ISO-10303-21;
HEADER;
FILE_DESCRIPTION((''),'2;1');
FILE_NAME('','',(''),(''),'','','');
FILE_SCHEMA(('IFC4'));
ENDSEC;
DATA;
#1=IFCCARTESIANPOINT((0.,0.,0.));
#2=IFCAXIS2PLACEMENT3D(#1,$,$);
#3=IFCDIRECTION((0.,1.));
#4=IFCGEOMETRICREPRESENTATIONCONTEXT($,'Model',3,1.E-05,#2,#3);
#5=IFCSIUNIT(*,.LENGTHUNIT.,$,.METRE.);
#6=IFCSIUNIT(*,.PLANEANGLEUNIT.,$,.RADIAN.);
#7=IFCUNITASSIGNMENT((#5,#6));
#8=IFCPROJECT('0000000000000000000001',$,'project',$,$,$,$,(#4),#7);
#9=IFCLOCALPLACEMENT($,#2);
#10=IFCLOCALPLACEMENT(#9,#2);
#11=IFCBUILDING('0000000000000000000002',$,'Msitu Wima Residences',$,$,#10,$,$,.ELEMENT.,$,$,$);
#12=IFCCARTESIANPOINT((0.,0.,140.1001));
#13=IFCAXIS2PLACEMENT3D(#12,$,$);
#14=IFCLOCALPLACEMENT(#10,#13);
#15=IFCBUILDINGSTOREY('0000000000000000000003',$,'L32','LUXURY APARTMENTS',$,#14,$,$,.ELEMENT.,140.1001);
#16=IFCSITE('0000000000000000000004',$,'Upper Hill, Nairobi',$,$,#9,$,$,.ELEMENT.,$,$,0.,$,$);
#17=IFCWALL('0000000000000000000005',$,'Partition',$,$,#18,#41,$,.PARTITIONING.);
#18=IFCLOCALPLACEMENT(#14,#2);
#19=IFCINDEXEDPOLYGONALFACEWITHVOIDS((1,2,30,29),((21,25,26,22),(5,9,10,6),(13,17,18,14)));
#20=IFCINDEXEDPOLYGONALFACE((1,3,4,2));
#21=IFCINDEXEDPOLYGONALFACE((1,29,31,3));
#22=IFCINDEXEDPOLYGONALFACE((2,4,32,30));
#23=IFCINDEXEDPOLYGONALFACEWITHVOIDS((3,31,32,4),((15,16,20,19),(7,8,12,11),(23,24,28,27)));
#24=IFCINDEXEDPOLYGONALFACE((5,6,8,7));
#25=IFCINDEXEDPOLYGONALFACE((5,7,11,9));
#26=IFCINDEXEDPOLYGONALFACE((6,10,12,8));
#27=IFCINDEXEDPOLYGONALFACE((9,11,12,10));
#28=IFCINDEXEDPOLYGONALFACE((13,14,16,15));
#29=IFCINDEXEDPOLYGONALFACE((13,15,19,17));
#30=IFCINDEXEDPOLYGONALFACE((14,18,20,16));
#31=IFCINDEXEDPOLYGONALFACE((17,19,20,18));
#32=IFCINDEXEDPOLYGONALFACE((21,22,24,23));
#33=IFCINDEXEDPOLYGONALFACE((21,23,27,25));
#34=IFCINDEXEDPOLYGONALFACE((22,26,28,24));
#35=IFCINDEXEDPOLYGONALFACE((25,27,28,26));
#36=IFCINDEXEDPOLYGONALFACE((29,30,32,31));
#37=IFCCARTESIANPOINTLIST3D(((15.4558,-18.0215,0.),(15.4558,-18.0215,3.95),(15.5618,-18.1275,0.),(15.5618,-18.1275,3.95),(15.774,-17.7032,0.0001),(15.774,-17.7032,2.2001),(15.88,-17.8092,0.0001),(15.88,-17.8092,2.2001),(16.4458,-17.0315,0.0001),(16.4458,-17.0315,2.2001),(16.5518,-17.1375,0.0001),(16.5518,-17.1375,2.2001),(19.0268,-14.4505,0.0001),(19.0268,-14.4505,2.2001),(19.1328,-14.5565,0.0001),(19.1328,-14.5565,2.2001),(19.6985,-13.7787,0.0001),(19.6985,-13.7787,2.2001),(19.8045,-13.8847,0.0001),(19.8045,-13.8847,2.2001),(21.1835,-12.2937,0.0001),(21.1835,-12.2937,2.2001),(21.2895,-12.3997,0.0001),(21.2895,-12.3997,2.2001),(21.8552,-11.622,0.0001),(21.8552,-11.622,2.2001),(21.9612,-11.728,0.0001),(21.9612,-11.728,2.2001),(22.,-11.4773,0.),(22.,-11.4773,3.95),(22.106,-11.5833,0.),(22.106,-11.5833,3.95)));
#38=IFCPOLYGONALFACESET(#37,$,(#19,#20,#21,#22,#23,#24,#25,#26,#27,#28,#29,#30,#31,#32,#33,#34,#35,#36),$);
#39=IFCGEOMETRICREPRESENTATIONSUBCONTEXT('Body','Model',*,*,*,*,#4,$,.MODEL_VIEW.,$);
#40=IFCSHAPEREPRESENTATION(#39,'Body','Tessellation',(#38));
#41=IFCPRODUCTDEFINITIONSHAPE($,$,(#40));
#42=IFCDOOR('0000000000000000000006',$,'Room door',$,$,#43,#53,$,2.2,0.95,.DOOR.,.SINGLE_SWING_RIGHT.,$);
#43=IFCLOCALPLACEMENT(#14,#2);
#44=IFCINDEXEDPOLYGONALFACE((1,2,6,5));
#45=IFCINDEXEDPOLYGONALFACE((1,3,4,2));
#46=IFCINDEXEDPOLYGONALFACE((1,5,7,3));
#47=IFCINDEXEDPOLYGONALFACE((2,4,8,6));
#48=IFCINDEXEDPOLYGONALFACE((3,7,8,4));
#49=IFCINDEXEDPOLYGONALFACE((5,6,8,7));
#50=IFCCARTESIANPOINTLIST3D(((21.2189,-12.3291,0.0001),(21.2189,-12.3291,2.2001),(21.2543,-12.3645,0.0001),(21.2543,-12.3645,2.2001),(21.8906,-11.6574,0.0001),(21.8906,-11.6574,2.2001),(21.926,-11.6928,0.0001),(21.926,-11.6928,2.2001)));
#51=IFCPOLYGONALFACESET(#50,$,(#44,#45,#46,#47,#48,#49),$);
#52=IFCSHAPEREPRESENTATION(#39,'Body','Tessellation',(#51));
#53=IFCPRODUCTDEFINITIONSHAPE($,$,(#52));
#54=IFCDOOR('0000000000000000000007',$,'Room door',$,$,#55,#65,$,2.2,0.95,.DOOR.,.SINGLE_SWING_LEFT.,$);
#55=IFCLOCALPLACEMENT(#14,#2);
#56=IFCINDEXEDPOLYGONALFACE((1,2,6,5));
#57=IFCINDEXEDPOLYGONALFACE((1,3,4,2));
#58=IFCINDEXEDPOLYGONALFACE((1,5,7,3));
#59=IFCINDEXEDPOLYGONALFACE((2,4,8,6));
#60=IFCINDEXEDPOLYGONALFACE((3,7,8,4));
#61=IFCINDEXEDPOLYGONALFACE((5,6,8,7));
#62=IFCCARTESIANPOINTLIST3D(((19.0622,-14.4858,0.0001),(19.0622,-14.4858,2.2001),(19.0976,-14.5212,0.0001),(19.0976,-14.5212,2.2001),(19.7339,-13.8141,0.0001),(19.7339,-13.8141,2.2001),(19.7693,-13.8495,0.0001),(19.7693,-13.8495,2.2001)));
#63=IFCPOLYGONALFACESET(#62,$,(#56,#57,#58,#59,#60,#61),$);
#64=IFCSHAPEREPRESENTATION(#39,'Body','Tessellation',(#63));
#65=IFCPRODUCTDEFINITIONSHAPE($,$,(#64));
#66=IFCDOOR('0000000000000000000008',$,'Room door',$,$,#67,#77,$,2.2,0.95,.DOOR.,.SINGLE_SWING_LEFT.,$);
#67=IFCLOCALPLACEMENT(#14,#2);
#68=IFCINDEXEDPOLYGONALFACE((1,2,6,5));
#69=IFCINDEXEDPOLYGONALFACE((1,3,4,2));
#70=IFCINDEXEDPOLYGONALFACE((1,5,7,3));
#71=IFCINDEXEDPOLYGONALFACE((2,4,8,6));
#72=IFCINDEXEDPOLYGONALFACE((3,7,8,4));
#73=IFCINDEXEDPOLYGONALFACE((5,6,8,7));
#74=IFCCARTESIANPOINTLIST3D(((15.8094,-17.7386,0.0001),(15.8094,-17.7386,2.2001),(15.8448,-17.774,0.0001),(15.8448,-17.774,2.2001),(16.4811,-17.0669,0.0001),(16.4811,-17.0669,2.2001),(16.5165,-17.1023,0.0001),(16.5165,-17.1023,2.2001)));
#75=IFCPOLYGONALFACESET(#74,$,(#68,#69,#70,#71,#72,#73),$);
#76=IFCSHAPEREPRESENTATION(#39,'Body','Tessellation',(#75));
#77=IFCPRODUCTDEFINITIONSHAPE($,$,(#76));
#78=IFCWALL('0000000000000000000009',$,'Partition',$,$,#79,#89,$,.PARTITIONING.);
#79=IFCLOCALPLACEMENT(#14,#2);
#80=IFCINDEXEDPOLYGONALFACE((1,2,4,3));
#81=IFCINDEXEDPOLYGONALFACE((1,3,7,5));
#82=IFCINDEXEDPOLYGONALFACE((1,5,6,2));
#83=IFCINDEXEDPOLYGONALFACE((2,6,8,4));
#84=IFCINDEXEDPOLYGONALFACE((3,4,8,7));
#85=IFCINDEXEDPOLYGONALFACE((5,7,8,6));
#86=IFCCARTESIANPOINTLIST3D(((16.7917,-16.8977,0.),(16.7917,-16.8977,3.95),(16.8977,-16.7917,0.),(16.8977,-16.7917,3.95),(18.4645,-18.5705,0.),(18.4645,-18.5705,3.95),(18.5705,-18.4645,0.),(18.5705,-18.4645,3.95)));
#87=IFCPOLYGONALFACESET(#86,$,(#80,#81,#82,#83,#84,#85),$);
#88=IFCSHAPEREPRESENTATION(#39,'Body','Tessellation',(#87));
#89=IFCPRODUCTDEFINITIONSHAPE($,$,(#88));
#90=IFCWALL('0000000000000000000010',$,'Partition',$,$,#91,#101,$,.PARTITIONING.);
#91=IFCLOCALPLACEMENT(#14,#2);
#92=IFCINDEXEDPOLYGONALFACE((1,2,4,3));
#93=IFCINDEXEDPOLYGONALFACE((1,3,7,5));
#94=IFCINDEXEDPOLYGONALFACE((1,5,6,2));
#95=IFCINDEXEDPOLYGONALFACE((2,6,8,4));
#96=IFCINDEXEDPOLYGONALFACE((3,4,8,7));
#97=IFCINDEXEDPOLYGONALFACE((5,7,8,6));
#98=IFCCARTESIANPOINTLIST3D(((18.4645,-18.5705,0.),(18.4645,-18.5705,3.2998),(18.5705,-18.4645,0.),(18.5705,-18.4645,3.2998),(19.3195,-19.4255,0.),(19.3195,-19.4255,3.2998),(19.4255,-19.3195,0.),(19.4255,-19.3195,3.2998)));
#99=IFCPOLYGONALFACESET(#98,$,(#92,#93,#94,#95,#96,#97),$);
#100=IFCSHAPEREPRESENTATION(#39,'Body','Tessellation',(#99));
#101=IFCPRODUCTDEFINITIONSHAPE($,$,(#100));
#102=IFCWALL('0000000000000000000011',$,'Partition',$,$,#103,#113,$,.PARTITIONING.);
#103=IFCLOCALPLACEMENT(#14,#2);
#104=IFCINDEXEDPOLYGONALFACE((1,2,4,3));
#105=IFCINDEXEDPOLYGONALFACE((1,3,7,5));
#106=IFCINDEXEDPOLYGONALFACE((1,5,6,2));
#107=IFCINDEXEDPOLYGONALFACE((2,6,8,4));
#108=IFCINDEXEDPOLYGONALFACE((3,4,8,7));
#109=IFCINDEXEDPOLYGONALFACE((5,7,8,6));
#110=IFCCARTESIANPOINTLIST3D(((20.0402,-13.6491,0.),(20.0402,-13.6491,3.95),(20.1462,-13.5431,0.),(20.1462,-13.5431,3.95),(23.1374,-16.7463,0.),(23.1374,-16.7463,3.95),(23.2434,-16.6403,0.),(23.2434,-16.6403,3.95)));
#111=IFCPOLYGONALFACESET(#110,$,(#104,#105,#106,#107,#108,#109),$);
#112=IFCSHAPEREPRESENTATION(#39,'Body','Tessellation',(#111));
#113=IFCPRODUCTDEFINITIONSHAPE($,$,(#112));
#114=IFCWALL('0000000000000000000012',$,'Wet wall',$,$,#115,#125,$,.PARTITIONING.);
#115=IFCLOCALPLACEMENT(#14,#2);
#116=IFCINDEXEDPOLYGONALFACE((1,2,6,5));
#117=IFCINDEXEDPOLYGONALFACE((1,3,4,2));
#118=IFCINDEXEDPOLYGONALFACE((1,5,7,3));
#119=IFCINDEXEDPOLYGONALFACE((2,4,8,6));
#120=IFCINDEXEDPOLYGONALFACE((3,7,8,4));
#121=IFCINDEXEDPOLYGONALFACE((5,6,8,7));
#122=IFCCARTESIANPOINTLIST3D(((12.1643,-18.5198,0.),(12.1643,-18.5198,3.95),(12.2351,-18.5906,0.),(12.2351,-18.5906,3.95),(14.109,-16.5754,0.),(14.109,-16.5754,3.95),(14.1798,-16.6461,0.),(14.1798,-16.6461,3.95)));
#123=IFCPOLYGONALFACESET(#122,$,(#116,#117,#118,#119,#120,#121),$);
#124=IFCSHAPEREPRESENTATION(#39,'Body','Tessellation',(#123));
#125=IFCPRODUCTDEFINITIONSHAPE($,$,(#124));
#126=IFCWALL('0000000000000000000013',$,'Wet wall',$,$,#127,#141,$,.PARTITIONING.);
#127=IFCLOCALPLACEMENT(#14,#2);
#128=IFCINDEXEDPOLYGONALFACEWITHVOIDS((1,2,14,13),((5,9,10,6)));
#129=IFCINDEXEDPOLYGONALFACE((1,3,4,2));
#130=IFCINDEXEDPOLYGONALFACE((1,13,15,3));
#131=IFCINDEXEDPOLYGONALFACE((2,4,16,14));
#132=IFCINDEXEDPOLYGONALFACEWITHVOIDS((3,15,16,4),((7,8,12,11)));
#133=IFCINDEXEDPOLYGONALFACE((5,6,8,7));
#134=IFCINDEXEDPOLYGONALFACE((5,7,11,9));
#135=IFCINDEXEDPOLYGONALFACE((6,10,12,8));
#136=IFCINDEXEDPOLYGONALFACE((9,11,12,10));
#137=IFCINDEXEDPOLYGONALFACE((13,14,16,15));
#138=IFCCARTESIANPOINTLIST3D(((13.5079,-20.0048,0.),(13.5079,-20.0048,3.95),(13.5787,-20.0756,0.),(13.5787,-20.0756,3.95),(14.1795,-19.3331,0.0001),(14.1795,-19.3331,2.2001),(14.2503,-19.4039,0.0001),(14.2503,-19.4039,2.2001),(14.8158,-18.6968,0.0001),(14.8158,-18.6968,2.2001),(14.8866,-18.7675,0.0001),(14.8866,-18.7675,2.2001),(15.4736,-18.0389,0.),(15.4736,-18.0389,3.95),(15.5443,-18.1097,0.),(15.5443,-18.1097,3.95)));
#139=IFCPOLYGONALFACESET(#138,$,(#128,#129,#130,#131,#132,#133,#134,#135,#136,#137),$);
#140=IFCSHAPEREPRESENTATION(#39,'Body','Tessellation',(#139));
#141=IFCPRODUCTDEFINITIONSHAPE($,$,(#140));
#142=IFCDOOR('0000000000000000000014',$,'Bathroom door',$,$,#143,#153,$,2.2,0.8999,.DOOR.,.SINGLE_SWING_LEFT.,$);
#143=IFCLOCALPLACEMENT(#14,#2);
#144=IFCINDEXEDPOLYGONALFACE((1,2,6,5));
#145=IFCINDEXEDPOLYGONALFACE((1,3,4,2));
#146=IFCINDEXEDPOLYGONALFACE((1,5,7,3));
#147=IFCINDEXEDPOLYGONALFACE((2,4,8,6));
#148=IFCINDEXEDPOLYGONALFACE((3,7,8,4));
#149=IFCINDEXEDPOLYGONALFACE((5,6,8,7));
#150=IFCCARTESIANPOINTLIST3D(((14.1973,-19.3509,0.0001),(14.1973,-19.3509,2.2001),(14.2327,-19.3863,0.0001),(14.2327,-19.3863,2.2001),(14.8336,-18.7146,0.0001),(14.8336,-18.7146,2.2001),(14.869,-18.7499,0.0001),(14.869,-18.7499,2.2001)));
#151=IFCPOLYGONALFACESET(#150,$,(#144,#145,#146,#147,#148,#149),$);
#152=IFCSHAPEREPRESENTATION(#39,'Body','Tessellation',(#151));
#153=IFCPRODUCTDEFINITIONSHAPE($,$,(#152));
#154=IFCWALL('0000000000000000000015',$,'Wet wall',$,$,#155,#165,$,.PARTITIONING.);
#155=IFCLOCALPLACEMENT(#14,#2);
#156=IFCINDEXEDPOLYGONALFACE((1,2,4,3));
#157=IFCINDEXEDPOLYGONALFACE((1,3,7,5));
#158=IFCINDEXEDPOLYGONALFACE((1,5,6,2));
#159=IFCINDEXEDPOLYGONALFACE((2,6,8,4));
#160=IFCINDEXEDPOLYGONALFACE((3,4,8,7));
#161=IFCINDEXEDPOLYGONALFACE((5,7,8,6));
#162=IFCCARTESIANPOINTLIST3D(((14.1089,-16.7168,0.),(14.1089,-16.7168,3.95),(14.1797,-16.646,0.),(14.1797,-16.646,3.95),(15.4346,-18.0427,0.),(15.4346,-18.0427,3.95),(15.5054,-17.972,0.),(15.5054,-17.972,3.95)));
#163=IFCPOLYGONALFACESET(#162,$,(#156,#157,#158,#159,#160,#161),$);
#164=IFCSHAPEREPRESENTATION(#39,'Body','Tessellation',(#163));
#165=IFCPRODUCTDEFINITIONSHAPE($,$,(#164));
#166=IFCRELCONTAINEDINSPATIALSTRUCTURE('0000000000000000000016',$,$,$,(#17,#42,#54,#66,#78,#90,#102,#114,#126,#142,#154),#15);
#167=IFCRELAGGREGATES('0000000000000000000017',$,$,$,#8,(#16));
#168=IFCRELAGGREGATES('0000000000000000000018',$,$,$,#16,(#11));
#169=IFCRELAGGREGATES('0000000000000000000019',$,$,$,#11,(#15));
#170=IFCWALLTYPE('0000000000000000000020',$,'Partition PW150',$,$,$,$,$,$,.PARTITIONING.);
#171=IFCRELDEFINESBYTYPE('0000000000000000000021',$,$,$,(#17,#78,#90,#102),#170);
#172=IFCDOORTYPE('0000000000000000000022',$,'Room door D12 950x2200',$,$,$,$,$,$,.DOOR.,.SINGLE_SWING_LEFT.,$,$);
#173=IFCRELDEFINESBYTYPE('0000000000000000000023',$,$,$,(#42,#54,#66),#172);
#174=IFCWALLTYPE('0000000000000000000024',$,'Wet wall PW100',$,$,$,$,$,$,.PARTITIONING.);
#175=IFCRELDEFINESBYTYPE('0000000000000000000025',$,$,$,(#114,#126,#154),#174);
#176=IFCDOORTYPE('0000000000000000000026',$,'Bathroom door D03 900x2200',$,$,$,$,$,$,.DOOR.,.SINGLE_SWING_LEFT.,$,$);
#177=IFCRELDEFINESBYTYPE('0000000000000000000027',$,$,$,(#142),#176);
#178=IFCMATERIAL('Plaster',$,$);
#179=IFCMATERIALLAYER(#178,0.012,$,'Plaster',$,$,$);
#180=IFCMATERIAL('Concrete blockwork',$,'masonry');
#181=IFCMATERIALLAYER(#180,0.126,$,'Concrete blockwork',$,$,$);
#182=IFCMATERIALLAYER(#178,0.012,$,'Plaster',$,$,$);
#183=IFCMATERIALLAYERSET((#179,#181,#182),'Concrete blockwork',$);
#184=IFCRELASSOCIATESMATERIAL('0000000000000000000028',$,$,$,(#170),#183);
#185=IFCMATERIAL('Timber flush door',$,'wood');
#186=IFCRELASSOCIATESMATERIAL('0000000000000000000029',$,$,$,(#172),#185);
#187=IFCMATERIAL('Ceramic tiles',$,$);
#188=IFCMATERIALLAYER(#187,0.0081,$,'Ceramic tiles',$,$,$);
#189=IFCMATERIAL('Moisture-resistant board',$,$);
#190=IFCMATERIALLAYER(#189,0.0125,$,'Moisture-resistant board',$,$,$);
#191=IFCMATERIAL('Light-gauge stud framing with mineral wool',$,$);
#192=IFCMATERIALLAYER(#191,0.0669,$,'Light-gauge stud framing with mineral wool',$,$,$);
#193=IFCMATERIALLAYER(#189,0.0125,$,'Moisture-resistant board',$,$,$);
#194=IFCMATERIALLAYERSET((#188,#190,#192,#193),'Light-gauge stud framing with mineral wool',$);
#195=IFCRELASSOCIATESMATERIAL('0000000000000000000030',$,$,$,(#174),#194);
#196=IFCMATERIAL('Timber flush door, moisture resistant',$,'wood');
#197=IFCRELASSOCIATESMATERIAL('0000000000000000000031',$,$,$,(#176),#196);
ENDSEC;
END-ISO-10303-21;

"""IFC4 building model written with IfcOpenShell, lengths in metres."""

from ifc_helpers import new_model, si_unit, direction, frame, frame_2d, origin, place, context, subcontext, project, spatial, rectangle, extrude, material, layer, layer_set, type_object, element, fill, save


model = new_model("IFC4")

# Units and contexts
model_context = context("Model", 3, precision=1e-05, world=origin(), true_north=direction((0.0, 1.0)))
body_context = subcontext(model_context, "Body", "Model", "MODEL_VIEW")
ifc_project = project(units=[si_unit("LENGTHUNIT", "METRE"), si_unit("PLANEANGLEUNIT", "RADIAN")], contexts=[model_context])

# Site, building, storey
site_placement = place(None, origin())
site = spatial("IfcSite", under=ifc_project, at=site_placement, Name="Upper Hill, Nairobi", CompositionType="ELEMENT", RefElevation=0.0)
building_placement = place(site_placement, origin())
building = spatial("IfcBuilding", under=site, at=building_placement, Name="Msitu Wima Residences", CompositionType="ELEMENT")
storey_placement = place(building_placement, frame((0.0, 0.0, 140.1001)))
storey = spatial("IfcBuildingStorey", under=building, at=storey_placement, Name="L32", Description="LUXURY APARTMENTS", CompositionType="ELEMENT", Elevation=140.1001)

# Shared definitions
ifc_material_1 = material(Name="Plaster")
ifc_material_2 = material(Name="Concrete blockwork", Category="masonry")

# Wall, openings, doors
ifc_layer_1 = layer(ifc_material_1, 0.012, Name="Plaster")
ifc_layer_2 = layer(ifc_material_2, 0.126, Name="Concrete blockwork")
ifc_layer_3 = layer(ifc_material_1, 0.012, Name="Plaster")
ifc_layer_set_1 = layer_set([ifc_layer_1, ifc_layer_2, ifc_layer_3], Name="Concrete blockwork")
wall_type_1 = type_object("IfcWallType", Name="Partition PW150", PredefinedType="PARTITIONING", material=ifc_layer_set_1)
wall_1_placement = place(storey_placement, frame((15.5088, -18.0745, 0.0), z_axis=(0.0, 0.0, 1.0), x_axis=(0.707107, 0.707107, 0.0)))
wall_1 = element("IfcWall", 1, at=wall_1_placement, inside=storey, type_object=wall_type_1, Name="Partition", PredefinedType="PARTITIONING", context=body_context, shape_type="SweptSolid", body=[
    extrude(rectangle(XDim=9.2549, YDim=0.1499, at=frame_2d((4.6274, 0.0))), origin(), (0.0, 0.0, 1.0), 3.95),
])
opening_1_placement = place(wall_1_placement, frame((8.1001, 0.0, 0.0)))
opening_1 = element("IfcOpeningElement", 2, at=opening_1_placement, cuts=wall_1, PredefinedType="OPENING", context=body_context, shape_type="SweptSolid", body=[
    extrude(rectangle(XDim=0.95, YDim=2.2, at=frame_2d((0.4751, 1.1001))), frame((0.0, 0.085, 0.0), z_axis=(0.0, -1.0, 0.0), x_axis=(1.0, 0.0, 0.0)), (0.0, 0.0, 1.0), 0.1699),
])
opening_2_placement = place(wall_1_placement, frame((5.05, 0.0, 0.0)))
opening_2 = element("IfcOpeningElement", 3, at=opening_2_placement, cuts=wall_1, PredefinedType="OPENING", context=body_context, shape_type="SweptSolid", body=[
    extrude(rectangle(XDim=0.95, YDim=2.2, at=frame_2d((0.4751, 1.1001))), frame((0.0, 0.085, 0.0), z_axis=(0.0, -1.0, 0.0), x_axis=(1.0, 0.0, 0.0)), (0.0, 0.0, 1.0), 0.1699),
])
opening_3_placement = place(wall_1_placement, frame((0.45, 0.0, 0.0)))
opening_3 = element("IfcOpeningElement", 4, at=opening_3_placement, cuts=wall_1, PredefinedType="OPENING", context=body_context, shape_type="SweptSolid", body=[
    extrude(rectangle(XDim=0.95, YDim=2.2, at=frame_2d((0.4751, 1.1001))), frame((0.0, 0.085, 0.0), z_axis=(0.0, -1.0, 0.0), x_axis=(1.0, 0.0, 0.0)), (0.0, 0.0, 1.0), 0.1699),
])
ifc_material_3 = material(Name="Timber flush door", Category="wood")
door_type_1 = type_object("IfcDoorType", Name="Room door D12 950x2200", OperationType="SINGLE_SWING_LEFT", PredefinedType="DOOR", material=ifc_material_3)
door_1_placement = place(opening_1_placement, origin())
door_1 = element("IfcDoor", 5, at=door_1_placement, inside=storey, type_object=door_type_1, Name="Room door", OperationType="SINGLE_SWING_RIGHT", OverallHeight=2.2, OverallWidth=0.95, PredefinedType="DOOR", context=body_context, shape_type="SweptSolid", body=[
    extrude(rectangle(XDim=0.95, YDim=2.2, at=frame_2d((0.4751, 1.1001))), frame((0.0, 0.0249, 0.0), z_axis=(0.0, -1.0, 0.0), x_axis=(1.0, 0.0, 0.0)), (0.0, 0.0, 1.0), 0.05),
])
fill(opening_1, door_1)
door_2_placement = place(opening_2_placement, origin())
door_2 = element("IfcDoor", 6, at=door_2_placement, inside=storey, type_object=door_type_1, Name="Room door", OperationType="SINGLE_SWING_LEFT", OverallHeight=2.2, OverallWidth=0.95, PredefinedType="DOOR", context=body_context, shape_type="SweptSolid", body=[
    extrude(rectangle(XDim=0.95, YDim=2.2, at=frame_2d((0.4751, 1.1001))), frame((0.0, 0.0249, 0.0), z_axis=(0.0, -1.0, 0.0), x_axis=(1.0, 0.0, 0.0)), (0.0, 0.0, 1.0), 0.05),
])
fill(opening_2, door_2)
door_3_placement = place(opening_3_placement, origin())
door_3 = element("IfcDoor", 7, at=door_3_placement, inside=storey, type_object=door_type_1, Name="Room door", OperationType="SINGLE_SWING_LEFT", OverallHeight=2.2, OverallWidth=0.95, PredefinedType="DOOR", context=body_context, shape_type="SweptSolid", body=[
    extrude(rectangle(XDim=0.95, YDim=2.2, at=frame_2d((0.4751, 1.1001))), frame((0.0, 0.0249, 0.0), z_axis=(0.0, -1.0, 0.0), x_axis=(1.0, 0.0, 0.0)), (0.0, 0.0, 1.0), 0.05),
])
fill(opening_3, door_3)

# Walls
wall_2_placement = place(storey_placement, frame((16.8447, -16.8447, 0.0), z_axis=(0.0, 0.0, 1.0), x_axis=(0.707107, -0.707107, 0.0)))
element("IfcWall", 8, at=wall_2_placement, inside=storey, type_object=wall_type_1, Name="Partition", PredefinedType="PARTITIONING", context=body_context, shape_type="SweptSolid", body=[
    extrude(rectangle(XDim=2.3657, YDim=0.1499, at=frame_2d((1.1829, 0.0))), origin(), (0.0, 0.0, 1.0), 3.95),
])
wall_3_placement = place(storey_placement, frame((18.5176, -18.5176, 0.0), z_axis=(0.0, 0.0, 1.0), x_axis=(0.707107, -0.707107, 0.0)))
element("IfcWall", 9, at=wall_3_placement, inside=storey, type_object=wall_type_1, Name="Partition", PredefinedType="PARTITIONING", context=body_context, shape_type="SweptSolid", body=[
    extrude(rectangle(XDim=1.2092, YDim=0.1499, at=frame_2d((0.6045, 0.0))), origin(), (0.0, 0.0, 1.0), 3.2998),
])
wall_4_placement = place(storey_placement, frame((20.0933, -13.5962, 0.0), z_axis=(0.0, 0.0, 1.0), x_axis=(0.707107, -0.707107, 0.0)))
element("IfcWall", 10, at=wall_4_placement, inside=storey, type_object=wall_type_1, Name="Partition", PredefinedType="PARTITIONING", context=body_context, shape_type="SweptSolid", body=[
    extrude(rectangle(XDim=4.3801, YDim=0.1499, at=frame_2d((2.1899, 0.0))), origin(), (0.0, 0.0, 1.0), 3.95),
])
ifc_material_4 = material(Name="Ceramic tiles")
ifc_layer_4 = layer(ifc_material_4, 0.0081, Name="Ceramic tiles")
ifc_material_5 = material(Name="Moisture-resistant board")
ifc_layer_5 = layer(ifc_material_5, 0.0125, Name="Moisture-resistant board")
ifc_material_6 = material(Name="Light-gauge stud framing with mineral wool")
ifc_layer_6 = layer(ifc_material_6, 0.0669, Name="Light-gauge stud framing with mineral wool")
ifc_layer_7 = layer(ifc_material_5, 0.0125, Name="Moisture-resistant board")
ifc_layer_set_2 = layer_set([ifc_layer_4, ifc_layer_5, ifc_layer_6, ifc_layer_7], Name="Light-gauge stud framing with mineral wool")
wall_type_2 = type_object("IfcWallType", Name="Wet wall PW100", PredefinedType="PARTITIONING", material=ifc_layer_set_2)
wall_5_placement = place(storey_placement, frame((12.1997, -18.5552, 0.0), z_axis=(0.0, 0.0, 1.0), x_axis=(0.707151, 0.707062, 0.0)))
element("IfcWall", 11, at=wall_5_placement, inside=storey, type_object=wall_type_2, Name="Wet wall", PredefinedType="PARTITIONING", context=body_context, shape_type="SweptSolid", body=[
    extrude(rectangle(XDim=2.75, YDim=0.1001, at=frame_2d((1.375, 0.0))), origin(), (0.0, 0.0, 1.0), 3.95),
])

# Wall, opening, door
wall_6_placement = place(storey_placement, frame((13.5432, -20.0403, 0.0), z_axis=(0.0, 0.0, 1.0), x_axis=(0.707063, 0.707151, 0.0)))
wall_6 = element("IfcWall", 12, at=wall_6_placement, inside=storey, type_object=wall_type_2, Name="Wet wall", PredefinedType="PARTITIONING", context=body_context, shape_type="SweptSolid", body=[
    extrude(rectangle(XDim=2.78, YDim=0.1001, at=frame_2d((1.3901, 0.0))), origin(), (0.0, 0.0, 1.0), 3.95),
])
opening_4_placement = place(wall_6_placement, frame((0.95, 0.0, 0.0)))
opening_4 = element("IfcOpeningElement", 13, at=opening_4_placement, cuts=wall_6, PredefinedType="OPENING", context=body_context, shape_type="SweptSolid", body=[
    extrude(rectangle(XDim=0.8999, YDim=2.2, at=frame_2d((0.45, 1.1001))), frame((0.0, 0.0601, 0.0), z_axis=(0.0, -1.0, 0.0), x_axis=(1.0, 0.0, 0.0)), (0.0, 0.0, 1.0), 0.1201),
])
ifc_material_7 = material(Name="Timber flush door, moisture resistant", Category="wood")
door_type_2 = type_object("IfcDoorType", Name="Bathroom door D03 900x2200", OperationType="SINGLE_SWING_LEFT", PredefinedType="DOOR", material=ifc_material_7)
door_4_placement = place(opening_4_placement, origin())
door_4 = element("IfcDoor", 14, at=door_4_placement, inside=storey, type_object=door_type_2, Name="Bathroom door", OperationType="SINGLE_SWING_LEFT", OverallHeight=2.2, OverallWidth=0.8999, PredefinedType="DOOR", context=body_context, shape_type="SweptSolid", body=[
    extrude(rectangle(XDim=0.8999, YDim=2.2, at=frame_2d((0.45, 1.1001))), frame((0.0, 0.0249, 0.0), z_axis=(0.0, -1.0, 0.0), x_axis=(1.0, 0.0, 0.0)), (0.0, 0.0, 1.0), 0.05),
])
fill(opening_4, door_4)

# Wall
wall_7_placement = place(storey_placement, frame((14.1443, -16.6814, 0.0), z_axis=(0.0, 0.0, 1.0), x_axis=(0.707042, -0.707172, 0.0)))
element("IfcWall", 15, at=wall_7_placement, inside=storey, type_object=wall_type_2, Name="Wet wall", PredefinedType="PARTITIONING", context=body_context, shape_type="SweptSolid", body=[
    extrude(rectangle(XDim=1.875, YDim=0.1001, at=frame_2d((0.9375, 0.0))), origin(), (0.0, 0.0, 1.0), 3.95),
])

save(model, "model.ifc")
